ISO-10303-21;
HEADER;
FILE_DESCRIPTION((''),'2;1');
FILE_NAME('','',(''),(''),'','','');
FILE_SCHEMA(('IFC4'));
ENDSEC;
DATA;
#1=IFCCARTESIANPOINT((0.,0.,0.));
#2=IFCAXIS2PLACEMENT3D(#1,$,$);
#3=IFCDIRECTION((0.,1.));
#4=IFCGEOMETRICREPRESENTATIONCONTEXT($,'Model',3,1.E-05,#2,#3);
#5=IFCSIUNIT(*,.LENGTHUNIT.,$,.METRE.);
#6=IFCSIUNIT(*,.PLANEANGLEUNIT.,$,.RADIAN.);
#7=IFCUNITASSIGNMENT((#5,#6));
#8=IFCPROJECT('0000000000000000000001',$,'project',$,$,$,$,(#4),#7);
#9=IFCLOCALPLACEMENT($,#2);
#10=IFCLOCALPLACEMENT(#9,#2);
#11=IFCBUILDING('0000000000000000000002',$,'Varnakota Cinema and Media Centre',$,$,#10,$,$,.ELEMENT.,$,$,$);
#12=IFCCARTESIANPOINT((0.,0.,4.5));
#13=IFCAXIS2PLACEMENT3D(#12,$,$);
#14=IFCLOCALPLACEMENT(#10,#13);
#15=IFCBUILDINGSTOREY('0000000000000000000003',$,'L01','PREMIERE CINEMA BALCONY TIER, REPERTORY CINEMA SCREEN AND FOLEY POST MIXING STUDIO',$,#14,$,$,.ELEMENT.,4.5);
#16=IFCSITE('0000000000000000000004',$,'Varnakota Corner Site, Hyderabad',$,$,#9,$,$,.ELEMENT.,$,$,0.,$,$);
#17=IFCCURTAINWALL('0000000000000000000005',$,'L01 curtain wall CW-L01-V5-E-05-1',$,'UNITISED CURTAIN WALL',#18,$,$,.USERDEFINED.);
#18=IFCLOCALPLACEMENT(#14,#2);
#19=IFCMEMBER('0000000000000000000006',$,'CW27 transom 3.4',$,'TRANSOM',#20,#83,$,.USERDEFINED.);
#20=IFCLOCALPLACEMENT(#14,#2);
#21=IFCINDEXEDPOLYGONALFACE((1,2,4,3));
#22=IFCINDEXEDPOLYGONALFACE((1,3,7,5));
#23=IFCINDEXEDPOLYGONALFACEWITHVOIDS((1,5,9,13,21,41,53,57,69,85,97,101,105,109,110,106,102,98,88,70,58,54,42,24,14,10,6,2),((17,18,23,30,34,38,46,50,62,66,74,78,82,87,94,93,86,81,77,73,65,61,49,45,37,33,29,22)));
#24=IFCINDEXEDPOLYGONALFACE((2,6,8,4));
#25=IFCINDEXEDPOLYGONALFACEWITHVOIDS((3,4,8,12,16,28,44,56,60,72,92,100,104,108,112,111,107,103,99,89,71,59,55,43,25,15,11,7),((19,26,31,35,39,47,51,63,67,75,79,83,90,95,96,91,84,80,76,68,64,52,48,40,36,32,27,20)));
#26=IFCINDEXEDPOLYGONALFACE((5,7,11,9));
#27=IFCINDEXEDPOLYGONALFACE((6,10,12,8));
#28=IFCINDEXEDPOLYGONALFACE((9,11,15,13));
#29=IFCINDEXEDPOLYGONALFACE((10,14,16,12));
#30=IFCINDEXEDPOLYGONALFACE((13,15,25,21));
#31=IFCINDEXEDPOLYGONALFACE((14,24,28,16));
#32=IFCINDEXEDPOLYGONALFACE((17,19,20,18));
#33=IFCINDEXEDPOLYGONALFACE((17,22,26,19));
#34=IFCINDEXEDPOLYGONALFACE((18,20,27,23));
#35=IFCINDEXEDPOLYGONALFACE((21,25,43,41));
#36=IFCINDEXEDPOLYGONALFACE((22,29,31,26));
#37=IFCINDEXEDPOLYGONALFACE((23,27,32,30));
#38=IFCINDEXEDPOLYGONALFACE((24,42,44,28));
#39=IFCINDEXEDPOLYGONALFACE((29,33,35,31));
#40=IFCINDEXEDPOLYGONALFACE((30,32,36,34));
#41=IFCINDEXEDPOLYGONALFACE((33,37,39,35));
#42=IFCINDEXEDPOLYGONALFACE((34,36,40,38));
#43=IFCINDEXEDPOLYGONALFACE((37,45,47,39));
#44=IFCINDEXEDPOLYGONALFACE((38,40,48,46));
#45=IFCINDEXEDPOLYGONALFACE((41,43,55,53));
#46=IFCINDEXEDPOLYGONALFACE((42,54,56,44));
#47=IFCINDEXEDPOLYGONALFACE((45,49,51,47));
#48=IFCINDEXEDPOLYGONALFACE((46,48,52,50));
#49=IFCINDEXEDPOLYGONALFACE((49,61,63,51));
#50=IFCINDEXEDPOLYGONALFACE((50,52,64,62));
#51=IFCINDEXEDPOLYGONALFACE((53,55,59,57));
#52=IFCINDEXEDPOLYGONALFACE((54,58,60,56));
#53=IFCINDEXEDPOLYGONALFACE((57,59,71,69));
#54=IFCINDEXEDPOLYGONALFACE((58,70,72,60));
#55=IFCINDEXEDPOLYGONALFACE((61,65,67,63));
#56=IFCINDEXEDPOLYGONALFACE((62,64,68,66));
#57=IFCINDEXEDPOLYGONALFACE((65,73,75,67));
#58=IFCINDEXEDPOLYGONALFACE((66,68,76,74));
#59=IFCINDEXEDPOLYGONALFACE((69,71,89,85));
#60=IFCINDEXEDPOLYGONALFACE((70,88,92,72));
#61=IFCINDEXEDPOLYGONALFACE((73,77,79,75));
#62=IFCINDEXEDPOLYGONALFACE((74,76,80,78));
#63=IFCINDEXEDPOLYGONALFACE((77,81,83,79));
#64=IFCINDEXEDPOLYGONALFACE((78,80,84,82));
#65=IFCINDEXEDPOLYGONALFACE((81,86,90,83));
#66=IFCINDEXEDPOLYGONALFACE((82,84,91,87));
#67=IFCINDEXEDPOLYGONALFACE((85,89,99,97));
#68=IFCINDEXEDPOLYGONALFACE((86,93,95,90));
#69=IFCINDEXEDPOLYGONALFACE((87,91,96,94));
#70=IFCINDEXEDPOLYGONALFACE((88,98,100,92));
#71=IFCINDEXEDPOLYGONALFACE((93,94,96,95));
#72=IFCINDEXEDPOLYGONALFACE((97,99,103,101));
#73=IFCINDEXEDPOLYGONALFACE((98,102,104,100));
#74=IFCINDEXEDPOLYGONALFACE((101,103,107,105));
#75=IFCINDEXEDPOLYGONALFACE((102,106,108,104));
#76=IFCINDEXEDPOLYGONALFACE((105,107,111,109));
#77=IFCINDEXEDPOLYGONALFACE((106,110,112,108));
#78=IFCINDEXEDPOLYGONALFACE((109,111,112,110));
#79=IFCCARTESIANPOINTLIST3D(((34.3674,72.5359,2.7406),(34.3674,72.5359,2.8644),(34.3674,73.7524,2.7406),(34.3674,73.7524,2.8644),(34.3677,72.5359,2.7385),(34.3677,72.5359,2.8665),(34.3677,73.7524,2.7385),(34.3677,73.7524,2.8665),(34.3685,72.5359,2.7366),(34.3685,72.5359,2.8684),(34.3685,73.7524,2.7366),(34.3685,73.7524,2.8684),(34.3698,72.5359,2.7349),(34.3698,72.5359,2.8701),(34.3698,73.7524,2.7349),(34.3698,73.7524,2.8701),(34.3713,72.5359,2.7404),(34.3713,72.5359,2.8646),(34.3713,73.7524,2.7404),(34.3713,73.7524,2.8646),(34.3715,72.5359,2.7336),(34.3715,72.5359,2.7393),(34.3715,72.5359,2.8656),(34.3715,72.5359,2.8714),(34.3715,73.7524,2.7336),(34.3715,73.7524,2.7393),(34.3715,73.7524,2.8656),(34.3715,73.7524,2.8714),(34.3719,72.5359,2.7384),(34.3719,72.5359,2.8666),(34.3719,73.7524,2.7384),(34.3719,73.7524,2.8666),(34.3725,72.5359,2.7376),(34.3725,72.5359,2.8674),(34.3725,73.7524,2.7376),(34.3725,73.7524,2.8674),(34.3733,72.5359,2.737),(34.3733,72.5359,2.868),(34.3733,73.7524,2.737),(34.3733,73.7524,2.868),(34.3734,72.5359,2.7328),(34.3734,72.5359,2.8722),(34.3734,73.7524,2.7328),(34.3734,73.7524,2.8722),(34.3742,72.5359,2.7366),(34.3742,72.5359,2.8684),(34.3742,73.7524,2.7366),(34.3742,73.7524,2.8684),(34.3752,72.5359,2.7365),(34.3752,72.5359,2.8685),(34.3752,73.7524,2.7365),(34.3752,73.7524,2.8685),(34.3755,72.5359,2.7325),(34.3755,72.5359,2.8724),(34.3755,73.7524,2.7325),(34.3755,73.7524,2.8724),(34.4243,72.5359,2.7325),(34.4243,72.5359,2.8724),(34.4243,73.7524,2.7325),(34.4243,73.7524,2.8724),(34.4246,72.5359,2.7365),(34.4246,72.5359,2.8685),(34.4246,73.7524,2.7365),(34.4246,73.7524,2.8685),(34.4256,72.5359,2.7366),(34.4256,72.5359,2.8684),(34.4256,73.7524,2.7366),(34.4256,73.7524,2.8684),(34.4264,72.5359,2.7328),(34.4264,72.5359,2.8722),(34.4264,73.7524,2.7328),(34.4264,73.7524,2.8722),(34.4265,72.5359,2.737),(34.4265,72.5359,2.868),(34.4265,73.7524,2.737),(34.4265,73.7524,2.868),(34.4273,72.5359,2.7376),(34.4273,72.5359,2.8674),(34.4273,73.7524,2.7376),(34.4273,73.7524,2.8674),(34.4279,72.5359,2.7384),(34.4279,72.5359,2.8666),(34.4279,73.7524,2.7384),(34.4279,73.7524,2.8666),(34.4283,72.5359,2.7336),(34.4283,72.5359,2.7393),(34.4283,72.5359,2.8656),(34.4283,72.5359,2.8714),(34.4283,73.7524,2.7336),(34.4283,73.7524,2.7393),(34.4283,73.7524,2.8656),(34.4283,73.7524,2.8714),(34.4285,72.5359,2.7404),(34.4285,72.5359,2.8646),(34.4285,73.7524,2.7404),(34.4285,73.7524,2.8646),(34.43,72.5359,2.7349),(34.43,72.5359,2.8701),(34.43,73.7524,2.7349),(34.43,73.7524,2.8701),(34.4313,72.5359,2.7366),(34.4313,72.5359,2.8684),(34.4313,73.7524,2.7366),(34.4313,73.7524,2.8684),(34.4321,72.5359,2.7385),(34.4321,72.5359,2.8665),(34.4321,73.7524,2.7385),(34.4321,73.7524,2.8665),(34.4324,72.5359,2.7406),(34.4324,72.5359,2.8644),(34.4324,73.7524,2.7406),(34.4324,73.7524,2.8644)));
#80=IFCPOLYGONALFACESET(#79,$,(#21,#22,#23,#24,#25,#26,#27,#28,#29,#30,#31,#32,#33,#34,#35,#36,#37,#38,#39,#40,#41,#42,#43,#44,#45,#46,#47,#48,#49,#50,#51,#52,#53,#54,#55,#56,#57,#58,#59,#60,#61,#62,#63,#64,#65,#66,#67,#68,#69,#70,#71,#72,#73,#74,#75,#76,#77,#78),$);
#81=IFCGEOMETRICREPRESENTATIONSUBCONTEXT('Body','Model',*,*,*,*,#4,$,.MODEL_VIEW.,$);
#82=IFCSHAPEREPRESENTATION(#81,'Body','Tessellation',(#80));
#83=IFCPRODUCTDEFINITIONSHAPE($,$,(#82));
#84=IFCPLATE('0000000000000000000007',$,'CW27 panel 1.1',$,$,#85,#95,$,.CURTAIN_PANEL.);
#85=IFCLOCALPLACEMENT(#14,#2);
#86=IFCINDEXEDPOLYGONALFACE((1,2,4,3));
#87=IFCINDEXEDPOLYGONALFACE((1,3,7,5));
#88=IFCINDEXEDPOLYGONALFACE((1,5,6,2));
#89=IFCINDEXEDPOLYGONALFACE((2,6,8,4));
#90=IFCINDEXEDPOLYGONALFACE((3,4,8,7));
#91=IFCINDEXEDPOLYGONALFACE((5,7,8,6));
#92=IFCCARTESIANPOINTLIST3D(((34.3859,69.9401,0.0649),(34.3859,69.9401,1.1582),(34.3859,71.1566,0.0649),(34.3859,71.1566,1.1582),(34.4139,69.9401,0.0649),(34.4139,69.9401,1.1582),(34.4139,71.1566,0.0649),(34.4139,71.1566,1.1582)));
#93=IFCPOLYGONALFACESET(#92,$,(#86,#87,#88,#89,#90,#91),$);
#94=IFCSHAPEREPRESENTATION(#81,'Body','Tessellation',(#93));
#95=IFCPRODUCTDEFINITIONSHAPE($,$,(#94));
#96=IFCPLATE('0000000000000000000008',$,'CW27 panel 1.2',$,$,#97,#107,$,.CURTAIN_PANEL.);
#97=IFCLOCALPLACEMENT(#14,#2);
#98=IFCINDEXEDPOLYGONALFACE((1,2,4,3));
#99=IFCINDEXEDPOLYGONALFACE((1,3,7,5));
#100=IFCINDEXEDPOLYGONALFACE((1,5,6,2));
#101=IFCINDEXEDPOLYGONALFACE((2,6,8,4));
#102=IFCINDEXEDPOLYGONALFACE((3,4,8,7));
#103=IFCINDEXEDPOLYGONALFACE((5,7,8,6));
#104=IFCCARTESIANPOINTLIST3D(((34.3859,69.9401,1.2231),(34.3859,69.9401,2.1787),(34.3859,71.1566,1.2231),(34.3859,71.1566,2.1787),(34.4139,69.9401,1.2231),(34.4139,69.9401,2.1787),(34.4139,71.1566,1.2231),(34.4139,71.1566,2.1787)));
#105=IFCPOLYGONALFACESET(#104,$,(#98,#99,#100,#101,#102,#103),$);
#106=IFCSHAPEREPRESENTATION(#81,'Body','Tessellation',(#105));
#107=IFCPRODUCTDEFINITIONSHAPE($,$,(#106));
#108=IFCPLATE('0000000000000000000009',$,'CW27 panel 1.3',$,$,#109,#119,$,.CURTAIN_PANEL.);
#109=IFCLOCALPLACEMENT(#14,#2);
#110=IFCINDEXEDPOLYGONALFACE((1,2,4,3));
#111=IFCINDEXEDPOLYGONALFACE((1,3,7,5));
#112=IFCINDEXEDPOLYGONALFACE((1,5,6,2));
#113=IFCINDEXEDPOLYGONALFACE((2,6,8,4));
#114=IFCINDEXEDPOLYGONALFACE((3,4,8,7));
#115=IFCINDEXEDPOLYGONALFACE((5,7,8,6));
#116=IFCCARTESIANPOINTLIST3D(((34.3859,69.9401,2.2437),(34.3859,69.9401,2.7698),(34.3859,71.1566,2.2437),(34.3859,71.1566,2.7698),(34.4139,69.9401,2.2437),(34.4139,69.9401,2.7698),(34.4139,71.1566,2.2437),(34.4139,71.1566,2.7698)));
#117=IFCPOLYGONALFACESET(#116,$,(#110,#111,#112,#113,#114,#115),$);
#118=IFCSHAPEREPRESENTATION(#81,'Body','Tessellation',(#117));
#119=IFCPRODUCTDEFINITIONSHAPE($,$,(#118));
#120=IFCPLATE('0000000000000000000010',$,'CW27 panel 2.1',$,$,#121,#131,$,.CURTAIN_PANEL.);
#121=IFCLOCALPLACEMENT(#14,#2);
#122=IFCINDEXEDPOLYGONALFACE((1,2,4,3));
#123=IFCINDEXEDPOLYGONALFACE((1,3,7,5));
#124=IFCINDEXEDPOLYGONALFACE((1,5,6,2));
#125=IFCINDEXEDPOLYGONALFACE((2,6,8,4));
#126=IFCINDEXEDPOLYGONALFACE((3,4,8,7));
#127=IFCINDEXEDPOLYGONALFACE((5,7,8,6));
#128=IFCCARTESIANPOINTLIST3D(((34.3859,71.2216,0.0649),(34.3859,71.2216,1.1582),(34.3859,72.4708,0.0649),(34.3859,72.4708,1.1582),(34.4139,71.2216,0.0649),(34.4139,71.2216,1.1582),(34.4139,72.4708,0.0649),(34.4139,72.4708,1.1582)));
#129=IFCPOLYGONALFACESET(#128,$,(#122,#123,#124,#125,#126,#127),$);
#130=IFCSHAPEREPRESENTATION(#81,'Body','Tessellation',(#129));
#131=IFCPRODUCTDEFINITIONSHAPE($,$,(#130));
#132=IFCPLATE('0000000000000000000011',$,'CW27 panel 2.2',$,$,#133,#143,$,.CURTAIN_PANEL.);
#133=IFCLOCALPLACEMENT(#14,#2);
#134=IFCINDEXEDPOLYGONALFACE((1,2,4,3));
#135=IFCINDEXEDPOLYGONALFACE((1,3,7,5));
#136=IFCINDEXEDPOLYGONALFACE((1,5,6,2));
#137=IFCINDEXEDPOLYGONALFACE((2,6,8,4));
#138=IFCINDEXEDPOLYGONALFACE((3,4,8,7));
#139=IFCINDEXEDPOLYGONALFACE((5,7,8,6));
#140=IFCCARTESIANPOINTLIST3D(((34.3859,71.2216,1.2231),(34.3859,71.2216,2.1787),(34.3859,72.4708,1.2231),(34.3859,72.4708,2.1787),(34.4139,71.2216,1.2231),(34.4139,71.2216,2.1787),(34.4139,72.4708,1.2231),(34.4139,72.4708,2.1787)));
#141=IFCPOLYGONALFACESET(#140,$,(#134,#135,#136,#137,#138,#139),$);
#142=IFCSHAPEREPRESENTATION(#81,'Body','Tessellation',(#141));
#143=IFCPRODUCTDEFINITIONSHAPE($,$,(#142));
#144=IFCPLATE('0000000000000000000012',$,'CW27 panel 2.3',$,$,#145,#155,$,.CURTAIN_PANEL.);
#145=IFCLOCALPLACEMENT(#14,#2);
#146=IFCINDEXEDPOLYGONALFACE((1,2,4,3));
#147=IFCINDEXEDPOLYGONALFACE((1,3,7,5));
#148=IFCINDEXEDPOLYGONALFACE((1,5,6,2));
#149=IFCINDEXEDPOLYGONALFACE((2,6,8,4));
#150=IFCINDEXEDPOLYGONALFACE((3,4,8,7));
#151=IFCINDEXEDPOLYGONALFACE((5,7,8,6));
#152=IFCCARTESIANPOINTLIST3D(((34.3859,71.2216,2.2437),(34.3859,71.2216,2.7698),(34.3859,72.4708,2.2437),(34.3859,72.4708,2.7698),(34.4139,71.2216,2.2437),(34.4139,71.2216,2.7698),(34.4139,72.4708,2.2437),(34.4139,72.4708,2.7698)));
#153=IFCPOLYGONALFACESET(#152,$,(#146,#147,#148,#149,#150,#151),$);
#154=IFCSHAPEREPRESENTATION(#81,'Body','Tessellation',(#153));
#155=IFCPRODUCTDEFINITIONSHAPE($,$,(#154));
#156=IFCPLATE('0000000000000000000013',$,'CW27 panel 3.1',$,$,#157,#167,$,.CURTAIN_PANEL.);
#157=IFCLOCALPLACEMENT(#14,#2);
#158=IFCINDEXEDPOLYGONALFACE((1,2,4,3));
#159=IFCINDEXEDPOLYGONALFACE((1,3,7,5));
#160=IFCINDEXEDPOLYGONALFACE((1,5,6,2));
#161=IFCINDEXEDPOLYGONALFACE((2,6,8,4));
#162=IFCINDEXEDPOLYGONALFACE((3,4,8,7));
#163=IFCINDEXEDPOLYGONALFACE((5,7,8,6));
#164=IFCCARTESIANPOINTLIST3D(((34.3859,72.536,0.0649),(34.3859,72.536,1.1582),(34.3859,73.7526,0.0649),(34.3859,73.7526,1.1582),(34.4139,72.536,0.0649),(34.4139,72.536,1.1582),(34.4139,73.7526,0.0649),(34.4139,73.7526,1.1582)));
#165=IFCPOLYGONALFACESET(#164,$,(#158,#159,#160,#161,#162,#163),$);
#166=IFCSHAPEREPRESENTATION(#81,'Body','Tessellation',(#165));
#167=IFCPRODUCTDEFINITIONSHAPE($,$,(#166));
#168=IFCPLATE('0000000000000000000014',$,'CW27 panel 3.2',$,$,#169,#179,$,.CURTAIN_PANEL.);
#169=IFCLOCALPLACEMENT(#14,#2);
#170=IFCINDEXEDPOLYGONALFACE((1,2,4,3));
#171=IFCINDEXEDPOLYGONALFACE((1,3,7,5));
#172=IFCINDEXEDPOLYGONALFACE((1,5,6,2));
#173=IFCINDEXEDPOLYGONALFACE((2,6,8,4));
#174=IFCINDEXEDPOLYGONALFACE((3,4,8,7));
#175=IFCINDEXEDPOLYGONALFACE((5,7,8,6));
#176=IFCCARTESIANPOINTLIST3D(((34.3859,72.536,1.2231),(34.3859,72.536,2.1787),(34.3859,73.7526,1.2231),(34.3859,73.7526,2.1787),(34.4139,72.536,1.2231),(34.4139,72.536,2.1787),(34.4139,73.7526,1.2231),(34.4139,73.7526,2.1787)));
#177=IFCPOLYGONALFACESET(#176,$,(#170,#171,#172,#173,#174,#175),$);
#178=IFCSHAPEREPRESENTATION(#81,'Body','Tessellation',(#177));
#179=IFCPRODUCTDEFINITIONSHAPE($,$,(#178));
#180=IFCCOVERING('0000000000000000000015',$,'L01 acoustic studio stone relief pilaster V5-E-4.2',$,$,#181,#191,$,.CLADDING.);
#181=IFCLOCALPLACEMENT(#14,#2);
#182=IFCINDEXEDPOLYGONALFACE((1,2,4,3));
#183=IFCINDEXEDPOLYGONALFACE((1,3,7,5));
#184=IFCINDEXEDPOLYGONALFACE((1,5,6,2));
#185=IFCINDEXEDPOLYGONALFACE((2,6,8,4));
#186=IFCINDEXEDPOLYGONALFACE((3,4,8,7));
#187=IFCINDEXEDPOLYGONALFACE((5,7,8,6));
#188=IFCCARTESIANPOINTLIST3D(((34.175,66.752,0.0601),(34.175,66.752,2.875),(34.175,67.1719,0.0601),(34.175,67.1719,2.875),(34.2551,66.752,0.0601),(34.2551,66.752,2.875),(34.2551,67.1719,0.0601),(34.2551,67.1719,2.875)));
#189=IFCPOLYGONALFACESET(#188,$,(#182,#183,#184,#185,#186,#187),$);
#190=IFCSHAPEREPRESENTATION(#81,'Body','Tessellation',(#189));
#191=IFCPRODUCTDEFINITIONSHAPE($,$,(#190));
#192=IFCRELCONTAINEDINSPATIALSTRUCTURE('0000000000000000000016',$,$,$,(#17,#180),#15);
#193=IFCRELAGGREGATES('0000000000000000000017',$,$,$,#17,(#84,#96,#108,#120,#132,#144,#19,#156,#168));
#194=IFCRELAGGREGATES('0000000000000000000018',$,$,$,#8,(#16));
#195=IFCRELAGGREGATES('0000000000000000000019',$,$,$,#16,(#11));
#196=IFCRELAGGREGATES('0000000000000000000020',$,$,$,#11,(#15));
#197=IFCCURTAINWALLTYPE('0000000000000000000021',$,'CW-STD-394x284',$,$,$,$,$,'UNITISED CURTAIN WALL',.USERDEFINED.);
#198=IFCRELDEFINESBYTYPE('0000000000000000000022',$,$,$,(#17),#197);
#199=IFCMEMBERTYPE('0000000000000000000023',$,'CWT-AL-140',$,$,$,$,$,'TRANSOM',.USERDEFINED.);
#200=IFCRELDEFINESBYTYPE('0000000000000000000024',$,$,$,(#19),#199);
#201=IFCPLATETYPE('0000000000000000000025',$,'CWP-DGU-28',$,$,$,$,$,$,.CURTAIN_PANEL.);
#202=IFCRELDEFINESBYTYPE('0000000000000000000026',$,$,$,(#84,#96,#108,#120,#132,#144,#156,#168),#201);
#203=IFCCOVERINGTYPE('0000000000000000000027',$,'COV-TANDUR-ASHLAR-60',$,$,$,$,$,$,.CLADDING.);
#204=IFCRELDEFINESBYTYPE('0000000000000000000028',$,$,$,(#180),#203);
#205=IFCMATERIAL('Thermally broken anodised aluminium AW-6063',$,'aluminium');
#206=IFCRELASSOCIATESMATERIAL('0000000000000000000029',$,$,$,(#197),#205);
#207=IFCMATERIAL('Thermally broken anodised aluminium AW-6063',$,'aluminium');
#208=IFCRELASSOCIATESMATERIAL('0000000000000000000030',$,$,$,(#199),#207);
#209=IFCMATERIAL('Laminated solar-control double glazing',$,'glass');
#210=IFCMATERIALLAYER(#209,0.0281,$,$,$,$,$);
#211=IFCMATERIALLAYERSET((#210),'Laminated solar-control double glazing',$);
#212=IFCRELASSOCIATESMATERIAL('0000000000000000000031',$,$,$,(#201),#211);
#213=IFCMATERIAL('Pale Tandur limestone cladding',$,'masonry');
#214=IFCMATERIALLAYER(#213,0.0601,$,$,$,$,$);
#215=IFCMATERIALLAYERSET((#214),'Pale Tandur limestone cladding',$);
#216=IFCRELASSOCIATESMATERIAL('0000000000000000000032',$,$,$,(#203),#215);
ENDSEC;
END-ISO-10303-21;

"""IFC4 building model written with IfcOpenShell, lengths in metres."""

from ifc_helpers import new_model, si_unit, direction, frame, origin, origin_2d, place, context, subcontext, project, spatial, rectangle, hollow_rectangle, extrude, material, layer, layer_set, material_profile, profile_set, type_object, element, aggregate, save


model = new_model("IFC4")

# Units and contexts
model_context = context("Model", 3, precision=1e-05, world=origin(), true_north=direction((0.0, 1.0)))
body_context = subcontext(model_context, "Body", "Model", "MODEL_VIEW")
ifc_project = project(units=[si_unit("LENGTHUNIT", "METRE"), si_unit("PLANEANGLEUNIT", "RADIAN")], contexts=[model_context])

# Site, building, storey
site_placement = place(None, origin())
site = spatial("IfcSite", under=ifc_project, at=site_placement, Name="Varnakota Corner Site, Hyderabad", CompositionType="ELEMENT", RefElevation=0.0)
building_placement = place(site_placement, origin())
building = spatial("IfcBuilding", under=site, at=building_placement, Name="Varnakota Cinema and Media Centre", CompositionType="ELEMENT")
storey_placement = place(building_placement, frame((0.0, 0.0, 4.5)))
storey = spatial("IfcBuildingStorey", under=building, at=storey_placement, Name="L01", Description="PREMIERE CINEMA BALCONY TIER, REPERTORY CINEMA SCREEN AND FOLEY POST MIXING STUDIO", CompositionType="ELEMENT", Elevation=4.5)

# Curtain wall, member, plates
ifc_material_1 = material(Name="Thermally broken anodised aluminium AW-6063", Category="aluminium")
curtain_wall_type = type_object("IfcCurtainWallType", Name="CW-STD-394x284", ElementType="UNITISED CURTAIN WALL", PredefinedType="USERDEFINED", material=ifc_material_1)
curtain_wall_placement = place(storey_placement, origin())
curtain_wall = element("IfcCurtainWall", 1, at=curtain_wall_placement, inside=storey, type_object=curtain_wall_type, Name="L01 curtain wall CW-L01-V5-E-05-1", ObjectType="UNITISED CURTAIN WALL", PredefinedType="USERDEFINED")
ifc_material_2 = material(Name="Thermally broken anodised aluminium AW-6063", Category="aluminium")
ifc_material_profile_1 = material_profile(ifc_material_2, hollow_rectangle(XDim=0.0649, YDim=0.1399, WallThickness=0.0039, InnerFilletRadius=0.0039, OuterFilletRadius=0.0081, at=origin_2d()), Name="AL-TRANSOM 140x65x4")
ifc_profile_set_1 = profile_set([ifc_material_profile_1], Name="Thermally broken anodised aluminium AW-6063")
member_type_1 = type_object("IfcMemberType", Name="CWT-AL-140", ElementType="TRANSOM", PredefinedType="USERDEFINED", material=ifc_profile_set_1)
member_1_placement = place(storey_placement, frame((34.3999, 72.5359, 2.8025), z_axis=(0.0, 1.0, 0.0), x_axis=(-1.0, 0.0, 0.0)))
member_1 = element("IfcMember", 2, at=member_1_placement, type_object=member_type_1, Name="CW27 transom 3.4", ObjectType="TRANSOM", PredefinedType="USERDEFINED", context=body_context, shape_type="SweptSolid", body=[
    extrude(hollow_rectangle(XDim=0.0649, YDim=0.1399, WallThickness=0.0039, InnerFilletRadius=0.0039, OuterFilletRadius=0.0081, at=origin_2d()), origin(), (0.0, 0.0, 1.0), 1.2166),
])
ifc_material_3 = material(Name="Laminated solar-control double glazing", Category="glass")
ifc_layer_1 = layer(ifc_material_3, 0.0281)
ifc_layer_set_1 = layer_set([ifc_layer_1], Name="Laminated solar-control double glazing")
plate_type = type_object("IfcPlateType", Name="CWP-DGU-28", PredefinedType="CURTAIN_PANEL", material=ifc_layer_set_1)
plate_1_placement = place(storey_placement, frame((34.3999, 70.5483, 0.0649), z_axis=(0.0, 0.0, 1.0), x_axis=(0.0, 1.0, 0.0)))
plate_1 = element("IfcPlate", 3, at=plate_1_placement, type_object=plate_type, Name="CW27 panel 1.1", PredefinedType="CURTAIN_PANEL", context=body_context, shape_type="SweptSolid", body=[
    extrude(rectangle(XDim=1.2166, YDim=0.0281, at=origin_2d()), origin(), (0.0, 0.0, 1.0), 1.0933),
])
plate_2_placement = place(storey_placement, frame((34.3999, 70.5483, 1.2231), z_axis=(0.0, 0.0, 1.0), x_axis=(0.0, 1.0, 0.0)))
plate_2 = element("IfcPlate", 4, at=plate_2_placement, type_object=plate_type, Name="CW27 panel 1.2", PredefinedType="CURTAIN_PANEL", context=body_context, shape_type="SweptSolid", body=[
    extrude(rectangle(XDim=1.2166, YDim=0.0281, at=origin_2d()), origin(), (0.0, 0.0, 1.0), 0.9556),
])
plate_3_placement = place(storey_placement, frame((34.3999, 70.5483, 2.2437), z_axis=(0.0, 0.0, 1.0), x_axis=(0.0, 1.0, 0.0)))
plate_3 = element("IfcPlate", 5, at=plate_3_placement, type_object=plate_type, Name="CW27 panel 1.3", PredefinedType="CURTAIN_PANEL", context=body_context, shape_type="SweptSolid", body=[
    extrude(rectangle(XDim=1.2166, YDim=0.0281, at=origin_2d()), origin(), (0.0, 0.0, 1.0), 0.5261),
])
plate_4_placement = place(storey_placement, frame((34.3999, 71.8462, 0.0649), z_axis=(0.0, 0.0, 1.0), x_axis=(0.0, 1.0, 0.0)))
plate_4 = element("IfcPlate", 6, at=plate_4_placement, type_object=plate_type, Name="CW27 panel 2.1", PredefinedType="CURTAIN_PANEL", context=body_context, shape_type="SweptSolid", body=[
    extrude(rectangle(XDim=1.2493, YDim=0.0281, at=origin_2d()), origin(), (0.0, 0.0, 1.0), 1.0933),
])
plate_5_placement = place(storey_placement, frame((34.3999, 71.8462, 1.2231), z_axis=(0.0, 0.0, 1.0), x_axis=(0.0, 1.0, 0.0)))
plate_5 = element("IfcPlate", 7, at=plate_5_placement, type_object=plate_type, Name="CW27 panel 2.2", PredefinedType="CURTAIN_PANEL", context=body_context, shape_type="SweptSolid", body=[
    extrude(rectangle(XDim=1.2493, YDim=0.0281, at=origin_2d()), origin(), (0.0, 0.0, 1.0), 0.9556),
])
plate_6_placement = place(storey_placement, frame((34.3999, 71.8462, 2.2437), z_axis=(0.0, 0.0, 1.0), x_axis=(0.0, 1.0, 0.0)))
plate_6 = element("IfcPlate", 8, at=plate_6_placement, type_object=plate_type, Name="CW27 panel 2.3", PredefinedType="CURTAIN_PANEL", context=body_context, shape_type="SweptSolid", body=[
    extrude(rectangle(XDim=1.2493, YDim=0.0281, at=origin_2d()), origin(), (0.0, 0.0, 1.0), 0.5261),
])
plate_7_placement = place(storey_placement, frame((34.3999, 73.1443, 0.0649), z_axis=(0.0, 0.0, 1.0), x_axis=(0.0, 1.0, 0.0)))
plate_7 = element("IfcPlate", 9, at=plate_7_placement, type_object=plate_type, Name="CW27 panel 3.1", PredefinedType="CURTAIN_PANEL", context=body_context, shape_type="SweptSolid", body=[
    extrude(rectangle(XDim=1.2166, YDim=0.0281, at=origin_2d()), origin(), (0.0, 0.0, 1.0), 1.0933),
])
plate_8_placement = place(storey_placement, frame((34.3999, 73.1443, 1.2231), z_axis=(0.0, 0.0, 1.0), x_axis=(0.0, 1.0, 0.0)))
plate_8 = element("IfcPlate", 10, at=plate_8_placement, type_object=plate_type, Name="CW27 panel 3.2", PredefinedType="CURTAIN_PANEL", context=body_context, shape_type="SweptSolid", body=[
    extrude(rectangle(XDim=1.2166, YDim=0.0281, at=origin_2d()), origin(), (0.0, 0.0, 1.0), 0.9556),
])
aggregate(curtain_wall, [plate_1, plate_2, plate_3, plate_4, plate_5, plate_6, member_1, plate_7, plate_8])

# Covering
ifc_material_4 = material(Name="Pale Tandur limestone cladding", Category="masonry")
ifc_layer_2 = layer(ifc_material_4, 0.0601)
ifc_layer_set_2 = layer_set([ifc_layer_2], Name="Pale Tandur limestone cladding")
covering_type = type_object("IfcCoveringType", Name="COV-TANDUR-ASHLAR-60", PredefinedType="CLADDING", material=ifc_layer_set_2)
covering_placement = place(storey_placement, frame((34.2151, 66.9619, 0.0601), z_axis=(0.0, 0.0, 1.0), x_axis=(0.0, 1.0, 0.0)))
element("IfcCovering", 11, at=covering_placement, inside=storey, type_object=covering_type, Name="L01 acoustic studio stone relief pilaster V5-E-4.2", PredefinedType="CLADDING", context=body_context, shape_type="SweptSolid", body=[
    extrude(rectangle(XDim=0.4199, YDim=0.0801, at=origin_2d()), origin(), (0.0, 0.0, 1.0), 2.8149),
])

save(model, "model.ifc")
